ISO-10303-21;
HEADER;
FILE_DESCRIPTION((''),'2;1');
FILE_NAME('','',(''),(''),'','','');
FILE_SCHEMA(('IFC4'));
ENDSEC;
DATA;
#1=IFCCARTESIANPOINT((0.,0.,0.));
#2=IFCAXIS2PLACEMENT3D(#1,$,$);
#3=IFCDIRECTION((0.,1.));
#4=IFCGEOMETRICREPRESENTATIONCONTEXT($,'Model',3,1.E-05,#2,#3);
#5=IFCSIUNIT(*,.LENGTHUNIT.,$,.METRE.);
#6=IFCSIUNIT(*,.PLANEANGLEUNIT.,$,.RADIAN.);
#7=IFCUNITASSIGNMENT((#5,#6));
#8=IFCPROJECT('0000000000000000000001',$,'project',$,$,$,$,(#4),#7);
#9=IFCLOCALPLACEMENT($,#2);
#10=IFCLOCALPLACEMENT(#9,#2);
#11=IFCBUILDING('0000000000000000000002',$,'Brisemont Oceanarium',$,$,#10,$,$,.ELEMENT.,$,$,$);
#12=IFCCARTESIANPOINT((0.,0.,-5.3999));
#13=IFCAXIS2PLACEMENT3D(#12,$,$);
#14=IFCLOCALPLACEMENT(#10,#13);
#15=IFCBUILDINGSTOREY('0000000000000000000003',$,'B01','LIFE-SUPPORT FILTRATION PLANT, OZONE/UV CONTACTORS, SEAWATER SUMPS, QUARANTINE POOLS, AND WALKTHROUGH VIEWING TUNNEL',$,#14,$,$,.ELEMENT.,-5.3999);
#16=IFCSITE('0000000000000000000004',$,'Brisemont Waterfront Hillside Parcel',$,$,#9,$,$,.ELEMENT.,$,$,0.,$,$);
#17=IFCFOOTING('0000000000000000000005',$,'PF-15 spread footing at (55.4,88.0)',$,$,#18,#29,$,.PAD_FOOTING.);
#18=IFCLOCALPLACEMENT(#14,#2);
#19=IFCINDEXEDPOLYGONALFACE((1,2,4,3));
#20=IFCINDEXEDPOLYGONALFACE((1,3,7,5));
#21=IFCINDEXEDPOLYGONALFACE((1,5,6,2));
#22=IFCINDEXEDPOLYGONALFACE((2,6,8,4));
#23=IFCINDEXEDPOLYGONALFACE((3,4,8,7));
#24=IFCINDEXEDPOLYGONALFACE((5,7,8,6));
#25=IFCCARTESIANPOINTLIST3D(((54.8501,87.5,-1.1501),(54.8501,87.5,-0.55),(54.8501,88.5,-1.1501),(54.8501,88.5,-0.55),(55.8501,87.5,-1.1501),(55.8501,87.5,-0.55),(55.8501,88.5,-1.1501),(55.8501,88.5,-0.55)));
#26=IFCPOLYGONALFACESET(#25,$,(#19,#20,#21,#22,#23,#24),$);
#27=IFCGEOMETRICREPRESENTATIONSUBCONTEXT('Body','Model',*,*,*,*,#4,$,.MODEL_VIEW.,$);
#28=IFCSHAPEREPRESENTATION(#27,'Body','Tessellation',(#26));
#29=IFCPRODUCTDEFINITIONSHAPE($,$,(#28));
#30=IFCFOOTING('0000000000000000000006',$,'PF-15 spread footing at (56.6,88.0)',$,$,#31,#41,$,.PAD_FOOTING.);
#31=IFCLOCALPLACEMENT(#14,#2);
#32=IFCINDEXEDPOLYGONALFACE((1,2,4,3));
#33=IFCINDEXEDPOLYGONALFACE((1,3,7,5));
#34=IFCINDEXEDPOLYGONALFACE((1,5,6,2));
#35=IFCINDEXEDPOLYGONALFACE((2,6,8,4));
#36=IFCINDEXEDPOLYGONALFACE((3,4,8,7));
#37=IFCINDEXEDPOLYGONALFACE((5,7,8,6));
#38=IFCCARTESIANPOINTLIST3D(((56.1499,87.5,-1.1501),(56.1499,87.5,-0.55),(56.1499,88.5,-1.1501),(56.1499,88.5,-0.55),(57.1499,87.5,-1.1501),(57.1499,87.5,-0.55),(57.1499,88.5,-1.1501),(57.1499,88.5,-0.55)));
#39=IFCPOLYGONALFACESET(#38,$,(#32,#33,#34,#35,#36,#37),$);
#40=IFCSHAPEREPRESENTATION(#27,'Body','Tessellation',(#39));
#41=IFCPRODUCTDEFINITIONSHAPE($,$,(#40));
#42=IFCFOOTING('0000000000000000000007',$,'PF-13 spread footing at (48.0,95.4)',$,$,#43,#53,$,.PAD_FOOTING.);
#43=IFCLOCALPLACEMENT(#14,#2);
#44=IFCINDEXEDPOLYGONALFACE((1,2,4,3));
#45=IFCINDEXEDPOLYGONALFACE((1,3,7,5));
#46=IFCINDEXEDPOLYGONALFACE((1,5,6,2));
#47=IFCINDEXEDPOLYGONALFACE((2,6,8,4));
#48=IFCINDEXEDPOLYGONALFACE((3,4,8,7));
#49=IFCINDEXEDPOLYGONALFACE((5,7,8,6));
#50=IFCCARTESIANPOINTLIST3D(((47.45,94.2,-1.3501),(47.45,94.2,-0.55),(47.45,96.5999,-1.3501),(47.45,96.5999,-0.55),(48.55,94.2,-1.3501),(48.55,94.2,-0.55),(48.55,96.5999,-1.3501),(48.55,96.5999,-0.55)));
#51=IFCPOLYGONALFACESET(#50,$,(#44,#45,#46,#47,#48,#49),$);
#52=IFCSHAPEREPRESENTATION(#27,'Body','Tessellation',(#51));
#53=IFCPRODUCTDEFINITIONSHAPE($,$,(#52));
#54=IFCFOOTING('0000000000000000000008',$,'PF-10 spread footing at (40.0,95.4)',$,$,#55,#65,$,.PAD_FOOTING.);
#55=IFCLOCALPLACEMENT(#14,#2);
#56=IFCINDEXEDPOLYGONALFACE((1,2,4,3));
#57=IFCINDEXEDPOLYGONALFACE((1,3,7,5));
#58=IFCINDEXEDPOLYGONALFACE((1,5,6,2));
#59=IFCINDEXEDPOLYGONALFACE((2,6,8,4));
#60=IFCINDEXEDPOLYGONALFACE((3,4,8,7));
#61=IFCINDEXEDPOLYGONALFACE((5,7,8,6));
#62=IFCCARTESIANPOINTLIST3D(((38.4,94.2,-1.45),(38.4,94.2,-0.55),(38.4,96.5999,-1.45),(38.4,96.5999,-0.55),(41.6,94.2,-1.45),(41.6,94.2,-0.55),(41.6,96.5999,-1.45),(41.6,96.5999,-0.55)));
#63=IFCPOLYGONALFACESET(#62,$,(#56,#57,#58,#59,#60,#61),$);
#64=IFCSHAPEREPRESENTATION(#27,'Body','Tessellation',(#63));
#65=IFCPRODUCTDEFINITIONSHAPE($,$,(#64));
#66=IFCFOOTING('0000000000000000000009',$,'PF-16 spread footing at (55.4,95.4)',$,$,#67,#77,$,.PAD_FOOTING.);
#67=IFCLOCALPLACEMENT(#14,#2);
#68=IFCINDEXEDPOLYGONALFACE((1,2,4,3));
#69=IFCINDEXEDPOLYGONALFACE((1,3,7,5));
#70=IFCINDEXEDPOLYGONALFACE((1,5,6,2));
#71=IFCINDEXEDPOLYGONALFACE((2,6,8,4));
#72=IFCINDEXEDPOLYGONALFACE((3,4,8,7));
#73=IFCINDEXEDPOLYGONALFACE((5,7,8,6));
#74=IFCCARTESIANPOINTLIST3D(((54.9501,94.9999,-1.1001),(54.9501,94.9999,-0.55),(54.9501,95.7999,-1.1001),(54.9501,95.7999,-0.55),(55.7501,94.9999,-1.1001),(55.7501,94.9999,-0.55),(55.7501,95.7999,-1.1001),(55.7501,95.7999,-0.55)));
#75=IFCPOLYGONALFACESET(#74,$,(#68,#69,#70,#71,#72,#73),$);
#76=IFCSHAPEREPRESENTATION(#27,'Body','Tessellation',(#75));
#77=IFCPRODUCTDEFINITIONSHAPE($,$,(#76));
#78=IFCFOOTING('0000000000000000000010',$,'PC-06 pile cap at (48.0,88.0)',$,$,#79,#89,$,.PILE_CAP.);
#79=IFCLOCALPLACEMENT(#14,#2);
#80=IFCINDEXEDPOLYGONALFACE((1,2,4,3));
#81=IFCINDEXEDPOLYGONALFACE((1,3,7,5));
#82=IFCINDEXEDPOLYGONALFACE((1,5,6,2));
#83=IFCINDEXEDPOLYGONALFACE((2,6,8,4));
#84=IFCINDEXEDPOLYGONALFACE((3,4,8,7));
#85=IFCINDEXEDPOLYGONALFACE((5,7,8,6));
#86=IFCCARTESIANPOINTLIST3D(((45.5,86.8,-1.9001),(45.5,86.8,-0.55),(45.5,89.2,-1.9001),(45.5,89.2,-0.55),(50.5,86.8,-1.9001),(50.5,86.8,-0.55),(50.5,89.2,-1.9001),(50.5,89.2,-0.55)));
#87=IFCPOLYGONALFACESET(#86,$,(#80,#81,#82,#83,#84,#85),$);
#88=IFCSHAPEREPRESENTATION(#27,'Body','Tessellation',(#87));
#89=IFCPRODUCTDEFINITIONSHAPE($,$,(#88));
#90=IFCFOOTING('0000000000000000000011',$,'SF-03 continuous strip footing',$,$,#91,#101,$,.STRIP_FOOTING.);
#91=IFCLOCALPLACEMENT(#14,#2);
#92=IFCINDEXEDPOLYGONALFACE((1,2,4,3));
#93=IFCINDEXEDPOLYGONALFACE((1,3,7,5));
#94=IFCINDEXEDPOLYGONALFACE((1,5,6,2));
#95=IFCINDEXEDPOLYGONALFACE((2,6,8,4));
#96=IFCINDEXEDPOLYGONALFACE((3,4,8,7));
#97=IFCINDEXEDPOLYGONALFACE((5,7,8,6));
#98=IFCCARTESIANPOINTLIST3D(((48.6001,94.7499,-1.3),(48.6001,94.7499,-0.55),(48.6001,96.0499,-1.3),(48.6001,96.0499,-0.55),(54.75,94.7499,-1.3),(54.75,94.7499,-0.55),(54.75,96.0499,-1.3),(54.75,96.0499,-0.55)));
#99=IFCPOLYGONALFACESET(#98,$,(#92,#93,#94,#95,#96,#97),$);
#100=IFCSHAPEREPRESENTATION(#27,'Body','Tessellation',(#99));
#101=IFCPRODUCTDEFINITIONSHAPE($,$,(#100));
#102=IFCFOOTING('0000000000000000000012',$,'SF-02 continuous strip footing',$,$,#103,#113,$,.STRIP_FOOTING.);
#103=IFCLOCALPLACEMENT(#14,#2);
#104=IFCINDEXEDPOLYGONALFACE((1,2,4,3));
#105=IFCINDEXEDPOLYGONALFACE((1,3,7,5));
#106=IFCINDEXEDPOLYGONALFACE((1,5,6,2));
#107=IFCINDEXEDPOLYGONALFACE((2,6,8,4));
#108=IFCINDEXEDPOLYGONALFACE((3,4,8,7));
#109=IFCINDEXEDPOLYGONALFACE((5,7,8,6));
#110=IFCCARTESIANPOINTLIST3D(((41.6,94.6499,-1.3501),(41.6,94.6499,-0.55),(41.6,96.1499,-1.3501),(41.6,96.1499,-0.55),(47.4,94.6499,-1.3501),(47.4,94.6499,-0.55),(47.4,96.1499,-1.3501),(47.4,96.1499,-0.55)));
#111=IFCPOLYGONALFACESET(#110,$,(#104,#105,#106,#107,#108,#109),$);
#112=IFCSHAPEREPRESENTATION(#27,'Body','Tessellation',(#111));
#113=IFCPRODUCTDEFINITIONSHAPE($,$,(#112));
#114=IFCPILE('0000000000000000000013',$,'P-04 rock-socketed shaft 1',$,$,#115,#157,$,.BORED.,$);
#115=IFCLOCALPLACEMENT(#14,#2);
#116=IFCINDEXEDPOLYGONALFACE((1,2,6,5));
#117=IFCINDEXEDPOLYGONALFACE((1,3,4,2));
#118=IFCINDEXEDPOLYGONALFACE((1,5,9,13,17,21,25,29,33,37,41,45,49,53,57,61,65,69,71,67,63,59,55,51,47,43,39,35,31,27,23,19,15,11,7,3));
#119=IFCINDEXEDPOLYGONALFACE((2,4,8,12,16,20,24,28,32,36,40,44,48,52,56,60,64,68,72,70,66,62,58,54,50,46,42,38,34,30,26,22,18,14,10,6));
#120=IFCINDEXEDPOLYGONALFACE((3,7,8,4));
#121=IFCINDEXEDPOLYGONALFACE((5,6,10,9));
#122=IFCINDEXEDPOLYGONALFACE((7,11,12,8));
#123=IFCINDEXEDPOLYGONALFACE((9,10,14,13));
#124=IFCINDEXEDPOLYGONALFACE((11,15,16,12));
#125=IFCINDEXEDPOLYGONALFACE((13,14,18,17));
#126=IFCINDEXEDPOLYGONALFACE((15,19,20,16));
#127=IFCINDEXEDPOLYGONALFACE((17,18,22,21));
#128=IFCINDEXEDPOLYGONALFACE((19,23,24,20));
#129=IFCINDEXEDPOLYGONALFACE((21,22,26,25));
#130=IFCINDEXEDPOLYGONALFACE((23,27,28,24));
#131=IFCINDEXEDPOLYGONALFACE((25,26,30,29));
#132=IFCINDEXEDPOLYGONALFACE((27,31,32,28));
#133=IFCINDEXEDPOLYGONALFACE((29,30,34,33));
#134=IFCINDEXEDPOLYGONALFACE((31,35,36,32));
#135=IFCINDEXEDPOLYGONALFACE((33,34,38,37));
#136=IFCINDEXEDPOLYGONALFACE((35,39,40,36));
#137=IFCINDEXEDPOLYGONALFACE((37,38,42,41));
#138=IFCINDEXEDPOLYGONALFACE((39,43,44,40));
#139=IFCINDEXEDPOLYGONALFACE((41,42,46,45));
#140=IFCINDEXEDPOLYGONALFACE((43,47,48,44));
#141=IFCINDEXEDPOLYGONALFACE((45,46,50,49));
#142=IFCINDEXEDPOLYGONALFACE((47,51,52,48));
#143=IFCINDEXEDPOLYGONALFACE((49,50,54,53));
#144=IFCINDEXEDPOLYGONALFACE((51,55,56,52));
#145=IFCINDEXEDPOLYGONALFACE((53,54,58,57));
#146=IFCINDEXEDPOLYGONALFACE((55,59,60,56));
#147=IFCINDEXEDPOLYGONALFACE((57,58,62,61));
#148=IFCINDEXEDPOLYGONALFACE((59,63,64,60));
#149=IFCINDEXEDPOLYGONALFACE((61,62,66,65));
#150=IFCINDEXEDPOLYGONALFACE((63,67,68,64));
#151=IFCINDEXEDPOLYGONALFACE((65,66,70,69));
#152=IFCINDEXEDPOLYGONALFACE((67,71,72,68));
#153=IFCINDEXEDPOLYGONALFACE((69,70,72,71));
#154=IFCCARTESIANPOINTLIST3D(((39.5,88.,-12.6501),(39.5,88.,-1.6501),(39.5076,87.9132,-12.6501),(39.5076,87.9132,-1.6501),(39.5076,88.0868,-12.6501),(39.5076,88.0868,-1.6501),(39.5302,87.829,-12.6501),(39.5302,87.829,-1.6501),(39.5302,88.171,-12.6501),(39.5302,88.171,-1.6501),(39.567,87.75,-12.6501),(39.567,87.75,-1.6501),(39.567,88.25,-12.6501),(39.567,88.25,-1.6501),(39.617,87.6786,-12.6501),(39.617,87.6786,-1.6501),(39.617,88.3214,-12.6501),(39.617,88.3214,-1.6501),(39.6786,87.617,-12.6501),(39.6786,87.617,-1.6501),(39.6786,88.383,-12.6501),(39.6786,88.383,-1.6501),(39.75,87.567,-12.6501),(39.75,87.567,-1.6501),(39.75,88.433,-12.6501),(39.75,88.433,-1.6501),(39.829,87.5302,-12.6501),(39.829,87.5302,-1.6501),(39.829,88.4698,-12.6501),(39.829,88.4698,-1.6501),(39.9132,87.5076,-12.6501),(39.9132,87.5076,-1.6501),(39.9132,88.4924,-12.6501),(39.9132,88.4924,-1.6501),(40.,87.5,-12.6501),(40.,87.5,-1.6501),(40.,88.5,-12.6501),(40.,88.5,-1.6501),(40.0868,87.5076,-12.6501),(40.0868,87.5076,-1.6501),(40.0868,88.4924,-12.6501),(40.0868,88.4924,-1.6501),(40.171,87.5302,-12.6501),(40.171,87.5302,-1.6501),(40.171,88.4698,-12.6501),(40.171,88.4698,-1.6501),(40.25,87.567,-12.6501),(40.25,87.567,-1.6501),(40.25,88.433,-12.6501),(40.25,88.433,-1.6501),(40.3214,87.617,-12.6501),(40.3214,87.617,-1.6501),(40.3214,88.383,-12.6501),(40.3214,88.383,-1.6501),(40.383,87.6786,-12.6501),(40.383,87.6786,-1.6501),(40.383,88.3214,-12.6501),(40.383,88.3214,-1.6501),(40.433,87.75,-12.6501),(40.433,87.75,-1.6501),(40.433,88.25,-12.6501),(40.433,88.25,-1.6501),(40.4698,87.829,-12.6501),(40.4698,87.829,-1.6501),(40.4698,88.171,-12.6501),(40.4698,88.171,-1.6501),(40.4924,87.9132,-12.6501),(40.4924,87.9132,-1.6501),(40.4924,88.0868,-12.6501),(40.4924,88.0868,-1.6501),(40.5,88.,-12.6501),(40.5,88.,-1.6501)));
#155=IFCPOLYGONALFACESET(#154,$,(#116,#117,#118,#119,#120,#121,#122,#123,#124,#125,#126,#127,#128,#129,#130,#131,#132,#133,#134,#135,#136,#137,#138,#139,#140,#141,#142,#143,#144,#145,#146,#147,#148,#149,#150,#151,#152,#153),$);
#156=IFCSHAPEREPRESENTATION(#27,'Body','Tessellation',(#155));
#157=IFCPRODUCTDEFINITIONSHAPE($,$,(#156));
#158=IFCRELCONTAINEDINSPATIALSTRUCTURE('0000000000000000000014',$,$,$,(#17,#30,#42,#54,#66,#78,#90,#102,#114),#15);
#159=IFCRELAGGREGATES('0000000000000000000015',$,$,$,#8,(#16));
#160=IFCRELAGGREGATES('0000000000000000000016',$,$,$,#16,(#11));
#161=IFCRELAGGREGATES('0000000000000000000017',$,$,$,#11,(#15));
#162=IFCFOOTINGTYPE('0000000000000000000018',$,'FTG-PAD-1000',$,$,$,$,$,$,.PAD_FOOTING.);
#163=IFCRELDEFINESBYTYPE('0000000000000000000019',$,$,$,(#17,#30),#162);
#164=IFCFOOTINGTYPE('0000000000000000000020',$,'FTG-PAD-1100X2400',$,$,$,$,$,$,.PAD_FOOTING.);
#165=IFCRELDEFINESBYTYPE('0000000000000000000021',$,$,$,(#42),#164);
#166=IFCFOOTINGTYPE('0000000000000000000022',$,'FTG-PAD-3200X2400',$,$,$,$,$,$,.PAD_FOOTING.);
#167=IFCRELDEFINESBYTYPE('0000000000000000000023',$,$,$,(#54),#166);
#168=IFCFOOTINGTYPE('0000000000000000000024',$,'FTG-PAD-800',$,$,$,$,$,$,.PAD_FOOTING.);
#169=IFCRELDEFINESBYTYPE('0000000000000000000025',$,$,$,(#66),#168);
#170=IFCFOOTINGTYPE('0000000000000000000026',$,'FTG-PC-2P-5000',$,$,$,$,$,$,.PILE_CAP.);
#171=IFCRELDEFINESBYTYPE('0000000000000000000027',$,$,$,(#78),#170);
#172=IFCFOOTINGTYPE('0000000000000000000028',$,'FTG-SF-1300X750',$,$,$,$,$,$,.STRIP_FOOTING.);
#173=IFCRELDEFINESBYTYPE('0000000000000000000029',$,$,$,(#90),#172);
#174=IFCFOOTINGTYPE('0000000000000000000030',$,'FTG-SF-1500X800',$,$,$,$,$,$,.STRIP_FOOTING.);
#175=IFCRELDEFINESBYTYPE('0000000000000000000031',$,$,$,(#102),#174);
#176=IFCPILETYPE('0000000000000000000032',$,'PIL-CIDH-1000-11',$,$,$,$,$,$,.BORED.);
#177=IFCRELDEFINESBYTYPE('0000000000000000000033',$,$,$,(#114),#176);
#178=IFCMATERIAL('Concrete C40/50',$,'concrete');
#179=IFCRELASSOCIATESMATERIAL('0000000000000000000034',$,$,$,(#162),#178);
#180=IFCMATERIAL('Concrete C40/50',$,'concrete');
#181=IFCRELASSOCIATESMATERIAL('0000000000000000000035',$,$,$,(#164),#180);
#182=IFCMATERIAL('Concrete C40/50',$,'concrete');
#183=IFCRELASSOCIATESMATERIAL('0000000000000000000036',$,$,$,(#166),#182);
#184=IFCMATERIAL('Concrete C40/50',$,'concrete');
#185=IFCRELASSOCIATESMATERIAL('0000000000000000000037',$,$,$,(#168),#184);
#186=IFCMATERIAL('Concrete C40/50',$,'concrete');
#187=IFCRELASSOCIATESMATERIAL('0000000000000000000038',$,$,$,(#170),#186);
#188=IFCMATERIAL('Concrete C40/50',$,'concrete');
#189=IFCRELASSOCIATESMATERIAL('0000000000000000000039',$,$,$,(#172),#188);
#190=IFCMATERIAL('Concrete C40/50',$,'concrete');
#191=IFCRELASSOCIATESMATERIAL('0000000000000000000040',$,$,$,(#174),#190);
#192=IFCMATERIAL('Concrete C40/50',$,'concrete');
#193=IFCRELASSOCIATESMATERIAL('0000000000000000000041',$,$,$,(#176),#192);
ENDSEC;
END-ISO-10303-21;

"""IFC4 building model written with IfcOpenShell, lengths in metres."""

from ifc_helpers import new_model, si_unit, direction, frame, origin, origin_2d, place, context, subcontext, project, spatial, rectangle, circle, extrude, material, material_profile, profile_set, type_object, element, save


model = new_model("IFC4")

# Units and contexts
model_context = context("Model", 3, precision=1e-05, world=origin(), true_north=direction((0.0, 1.0)))
body_context = subcontext(model_context, "Body", "Model", "MODEL_VIEW")
ifc_project = project(units=[si_unit("LENGTHUNIT", "METRE"), si_unit("PLANEANGLEUNIT", "RADIAN")], contexts=[model_context])

# Site, building, storey
site_placement = place(None, origin())
site = spatial("IfcSite", under=ifc_project, at=site_placement, Name="Brisemont Waterfront Hillside Parcel", CompositionType="ELEMENT", RefElevation=0.0)
building_placement = place(site_placement, origin())
building = spatial("IfcBuilding", under=site, at=building_placement, Name="Brisemont Oceanarium", CompositionType="ELEMENT")
storey_placement = place(building_placement, frame((0.0, 0.0, -5.3999)))
storey = spatial("IfcBuildingStorey", under=building, at=storey_placement, Name="B01", Description="LIFE-SUPPORT FILTRATION PLANT, OZONE/UV CONTACTORS, SEAWATER SUMPS, QUARANTINE POOLS, AND WALKTHROUGH VIEWING TUNNEL", CompositionType="ELEMENT", Elevation=-5.3999)

# Footings
ifc_material_1 = material(Name="Concrete C40/50", Category="concrete")
footing_type_1 = type_object("IfcFootingType", Name="FTG-PAD-1000", PredefinedType="PAD_FOOTING", material=ifc_material_1)
for number, where, z_axis, x_axis, name in (
    (1, (55.3501, 88.0, -1.1501), (0.0, 0.0, 1.0), (1.0, 0.0, 0.0), "PF-15 spread footing at (55.4,88.0)"),
    (2, (56.6499, 88.0, -1.1501), (0.0, 0.0, 1.0), (1.0, 0.0, 0.0), "PF-15 spread footing at (56.6,88.0)"),
):
    element("IfcFooting", number, at=place(storey_placement, frame(where, z_axis=z_axis, x_axis=x_axis)), inside=storey, type_object=footing_type_1, Name=name, PredefinedType="PAD_FOOTING", context=body_context, shape_type="SweptSolid", body=[
        extrude(rectangle(XDim=1.0, YDim=1.0, at=origin_2d()), origin(), (0.0, 0.0, 1.0), 0.6001),
    ])
ifc_material_2 = material(Name="Concrete C40/50", Category="concrete")
footing_type_2 = type_object("IfcFootingType", Name="FTG-PAD-1100X2400", PredefinedType="PAD_FOOTING", material=ifc_material_2)
footing_1_placement = place(storey_placement, frame((48.0, 95.3999, -1.3501), z_axis=(0.0, 0.0, 1.0), x_axis=(1.0, 0.0, 0.0)))
element("IfcFooting", 3, at=footing_1_placement, inside=storey, type_object=footing_type_2, Name="PF-13 spread footing at (48.0,95.4)", PredefinedType="PAD_FOOTING", context=body_context, shape_type="SweptSolid", body=[
    extrude(rectangle(XDim=1.1001, YDim=2.3999, at=origin_2d()), origin(), (0.0, 0.0, 1.0), 0.8),
])
ifc_material_3 = material(Name="Concrete C40/50", Category="concrete")
footing_type_3 = type_object("IfcFootingType", Name="FTG-PAD-3200X2400", PredefinedType="PAD_FOOTING", material=ifc_material_3)
footing_2_placement = place(storey_placement, frame((40.0, 95.3999, -1.45), z_axis=(0.0, 0.0, 1.0), x_axis=(1.0, 0.0, 0.0)))
element("IfcFooting", 4, at=footing_2_placement, inside=storey, type_object=footing_type_3, Name="PF-10 spread footing at (40.0,95.4)", PredefinedType="PAD_FOOTING", context=body_context, shape_type="SweptSolid", body=[
    extrude(rectangle(XDim=3.2, YDim=2.3999, at=origin_2d()), origin(), (0.0, 0.0, 1.0), 0.8999),
])
ifc_material_4 = material(Name="Concrete C40/50", Category="concrete")
footing_type_4 = type_object("IfcFootingType", Name="FTG-PAD-800", PredefinedType="PAD_FOOTING", material=ifc_material_4)
footing_3_placement = place(storey_placement, frame((55.3501, 95.3999, -1.1001), z_axis=(0.0, 0.0, 1.0), x_axis=(1.0, 0.0, 0.0)))
element("IfcFooting", 5, at=footing_3_placement, inside=storey, type_object=footing_type_4, Name="PF-16 spread footing at (55.4,95.4)", PredefinedType="PAD_FOOTING", context=body_context, shape_type="SweptSolid", body=[
    extrude(rectangle(XDim=0.8, YDim=0.8, at=origin_2d()), origin(), (0.0, 0.0, 1.0), 0.55),
])
ifc_material_5 = material(Name="Concrete C40/50", Category="concrete")
footing_type_5 = type_object("IfcFootingType", Name="FTG-PC-2P-5000", PredefinedType="PILE_CAP", material=ifc_material_5)
footing_4_placement = place(storey_placement, frame((48.0, 88.0, -1.9001), z_axis=(0.0, 0.0, 1.0), x_axis=(1.0, 0.0, 0.0)))
element("IfcFooting", 6, at=footing_4_placement, inside=storey, type_object=footing_type_5, Name="PC-06 pile cap at (48.0,88.0)", PredefinedType="PILE_CAP", context=body_context, shape_type="SweptSolid", body=[
    extrude(rectangle(XDim=5.0, YDim=2.3999, at=origin_2d()), origin(), (0.0, 0.0, 1.0), 1.3501),
])
ifc_material_6 = material(Name="Concrete C40/50", Category="concrete")
footing_type_6 = type_object("IfcFootingType", Name="FTG-SF-1300X750", PredefinedType="STRIP_FOOTING", material=ifc_material_6)
footing_5_placement = place(storey_placement, frame((51.675, 95.3999, -1.3), z_axis=(0.0, 0.0, 1.0), x_axis=(1.0, 0.0, 0.0)))
element("IfcFooting", 7, at=footing_5_placement, inside=storey, type_object=footing_type_6, Name="SF-03 continuous strip footing", PredefinedType="STRIP_FOOTING", context=body_context, shape_type="SweptSolid", body=[
    extrude(rectangle(XDim=6.1499, YDim=1.3, at=origin_2d()), origin(), (0.0, 0.0, 1.0), 0.75),
])
ifc_material_7 = material(Name="Concrete C40/50", Category="concrete")
footing_type_7 = type_object("IfcFootingType", Name="FTG-SF-1500X800", PredefinedType="STRIP_FOOTING", material=ifc_material_7)
footing_6_placement = place(storey_placement, frame((44.5, 95.3999, -1.3501), z_axis=(0.0, 0.0, 1.0), x_axis=(1.0, 0.0, 0.0)))
element("IfcFooting", 8, at=footing_6_placement, inside=storey, type_object=footing_type_7, Name="SF-02 continuous strip footing", PredefinedType="STRIP_FOOTING", context=body_context, shape_type="SweptSolid", body=[
    extrude(rectangle(XDim=5.8, YDim=1.5, at=origin_2d()), origin(), (0.0, 0.0, 1.0), 0.8),
])

# Pile
ifc_material_8 = material(Name="Concrete C40/50", Category="concrete")
ifc_material_profile_1 = material_profile(ifc_material_8, circle(Radius=0.5, at=origin_2d()), Name="CIDH-D1000")
ifc_profile_set_1 = profile_set([ifc_material_profile_1], Name="Concrete C40/50")
pile_type = type_object("IfcPileType", Name="PIL-CIDH-1000-11", PredefinedType="BORED", material=ifc_profile_set_1)
for number, where, z_axis, x_axis, name in (
    (9, (40.0, 88.0, -1.6501), (0.0, 0.0, -1.0), (1.0, 0.0, 0.0), "P-04 rock-socketed shaft 1"),
):
    element("IfcPile", number, at=place(storey_placement, frame(where, z_axis=z_axis, x_axis=x_axis)), inside=storey, type_object=pile_type, Name=name, PredefinedType="BORED", context=body_context, shape_type="SweptSolid", body=[
        extrude(circle(Radius=0.5, at=origin_2d()), origin(), (0.0, 0.0, 1.0), 11.0),
    ])

save(model, "model.ifc")
